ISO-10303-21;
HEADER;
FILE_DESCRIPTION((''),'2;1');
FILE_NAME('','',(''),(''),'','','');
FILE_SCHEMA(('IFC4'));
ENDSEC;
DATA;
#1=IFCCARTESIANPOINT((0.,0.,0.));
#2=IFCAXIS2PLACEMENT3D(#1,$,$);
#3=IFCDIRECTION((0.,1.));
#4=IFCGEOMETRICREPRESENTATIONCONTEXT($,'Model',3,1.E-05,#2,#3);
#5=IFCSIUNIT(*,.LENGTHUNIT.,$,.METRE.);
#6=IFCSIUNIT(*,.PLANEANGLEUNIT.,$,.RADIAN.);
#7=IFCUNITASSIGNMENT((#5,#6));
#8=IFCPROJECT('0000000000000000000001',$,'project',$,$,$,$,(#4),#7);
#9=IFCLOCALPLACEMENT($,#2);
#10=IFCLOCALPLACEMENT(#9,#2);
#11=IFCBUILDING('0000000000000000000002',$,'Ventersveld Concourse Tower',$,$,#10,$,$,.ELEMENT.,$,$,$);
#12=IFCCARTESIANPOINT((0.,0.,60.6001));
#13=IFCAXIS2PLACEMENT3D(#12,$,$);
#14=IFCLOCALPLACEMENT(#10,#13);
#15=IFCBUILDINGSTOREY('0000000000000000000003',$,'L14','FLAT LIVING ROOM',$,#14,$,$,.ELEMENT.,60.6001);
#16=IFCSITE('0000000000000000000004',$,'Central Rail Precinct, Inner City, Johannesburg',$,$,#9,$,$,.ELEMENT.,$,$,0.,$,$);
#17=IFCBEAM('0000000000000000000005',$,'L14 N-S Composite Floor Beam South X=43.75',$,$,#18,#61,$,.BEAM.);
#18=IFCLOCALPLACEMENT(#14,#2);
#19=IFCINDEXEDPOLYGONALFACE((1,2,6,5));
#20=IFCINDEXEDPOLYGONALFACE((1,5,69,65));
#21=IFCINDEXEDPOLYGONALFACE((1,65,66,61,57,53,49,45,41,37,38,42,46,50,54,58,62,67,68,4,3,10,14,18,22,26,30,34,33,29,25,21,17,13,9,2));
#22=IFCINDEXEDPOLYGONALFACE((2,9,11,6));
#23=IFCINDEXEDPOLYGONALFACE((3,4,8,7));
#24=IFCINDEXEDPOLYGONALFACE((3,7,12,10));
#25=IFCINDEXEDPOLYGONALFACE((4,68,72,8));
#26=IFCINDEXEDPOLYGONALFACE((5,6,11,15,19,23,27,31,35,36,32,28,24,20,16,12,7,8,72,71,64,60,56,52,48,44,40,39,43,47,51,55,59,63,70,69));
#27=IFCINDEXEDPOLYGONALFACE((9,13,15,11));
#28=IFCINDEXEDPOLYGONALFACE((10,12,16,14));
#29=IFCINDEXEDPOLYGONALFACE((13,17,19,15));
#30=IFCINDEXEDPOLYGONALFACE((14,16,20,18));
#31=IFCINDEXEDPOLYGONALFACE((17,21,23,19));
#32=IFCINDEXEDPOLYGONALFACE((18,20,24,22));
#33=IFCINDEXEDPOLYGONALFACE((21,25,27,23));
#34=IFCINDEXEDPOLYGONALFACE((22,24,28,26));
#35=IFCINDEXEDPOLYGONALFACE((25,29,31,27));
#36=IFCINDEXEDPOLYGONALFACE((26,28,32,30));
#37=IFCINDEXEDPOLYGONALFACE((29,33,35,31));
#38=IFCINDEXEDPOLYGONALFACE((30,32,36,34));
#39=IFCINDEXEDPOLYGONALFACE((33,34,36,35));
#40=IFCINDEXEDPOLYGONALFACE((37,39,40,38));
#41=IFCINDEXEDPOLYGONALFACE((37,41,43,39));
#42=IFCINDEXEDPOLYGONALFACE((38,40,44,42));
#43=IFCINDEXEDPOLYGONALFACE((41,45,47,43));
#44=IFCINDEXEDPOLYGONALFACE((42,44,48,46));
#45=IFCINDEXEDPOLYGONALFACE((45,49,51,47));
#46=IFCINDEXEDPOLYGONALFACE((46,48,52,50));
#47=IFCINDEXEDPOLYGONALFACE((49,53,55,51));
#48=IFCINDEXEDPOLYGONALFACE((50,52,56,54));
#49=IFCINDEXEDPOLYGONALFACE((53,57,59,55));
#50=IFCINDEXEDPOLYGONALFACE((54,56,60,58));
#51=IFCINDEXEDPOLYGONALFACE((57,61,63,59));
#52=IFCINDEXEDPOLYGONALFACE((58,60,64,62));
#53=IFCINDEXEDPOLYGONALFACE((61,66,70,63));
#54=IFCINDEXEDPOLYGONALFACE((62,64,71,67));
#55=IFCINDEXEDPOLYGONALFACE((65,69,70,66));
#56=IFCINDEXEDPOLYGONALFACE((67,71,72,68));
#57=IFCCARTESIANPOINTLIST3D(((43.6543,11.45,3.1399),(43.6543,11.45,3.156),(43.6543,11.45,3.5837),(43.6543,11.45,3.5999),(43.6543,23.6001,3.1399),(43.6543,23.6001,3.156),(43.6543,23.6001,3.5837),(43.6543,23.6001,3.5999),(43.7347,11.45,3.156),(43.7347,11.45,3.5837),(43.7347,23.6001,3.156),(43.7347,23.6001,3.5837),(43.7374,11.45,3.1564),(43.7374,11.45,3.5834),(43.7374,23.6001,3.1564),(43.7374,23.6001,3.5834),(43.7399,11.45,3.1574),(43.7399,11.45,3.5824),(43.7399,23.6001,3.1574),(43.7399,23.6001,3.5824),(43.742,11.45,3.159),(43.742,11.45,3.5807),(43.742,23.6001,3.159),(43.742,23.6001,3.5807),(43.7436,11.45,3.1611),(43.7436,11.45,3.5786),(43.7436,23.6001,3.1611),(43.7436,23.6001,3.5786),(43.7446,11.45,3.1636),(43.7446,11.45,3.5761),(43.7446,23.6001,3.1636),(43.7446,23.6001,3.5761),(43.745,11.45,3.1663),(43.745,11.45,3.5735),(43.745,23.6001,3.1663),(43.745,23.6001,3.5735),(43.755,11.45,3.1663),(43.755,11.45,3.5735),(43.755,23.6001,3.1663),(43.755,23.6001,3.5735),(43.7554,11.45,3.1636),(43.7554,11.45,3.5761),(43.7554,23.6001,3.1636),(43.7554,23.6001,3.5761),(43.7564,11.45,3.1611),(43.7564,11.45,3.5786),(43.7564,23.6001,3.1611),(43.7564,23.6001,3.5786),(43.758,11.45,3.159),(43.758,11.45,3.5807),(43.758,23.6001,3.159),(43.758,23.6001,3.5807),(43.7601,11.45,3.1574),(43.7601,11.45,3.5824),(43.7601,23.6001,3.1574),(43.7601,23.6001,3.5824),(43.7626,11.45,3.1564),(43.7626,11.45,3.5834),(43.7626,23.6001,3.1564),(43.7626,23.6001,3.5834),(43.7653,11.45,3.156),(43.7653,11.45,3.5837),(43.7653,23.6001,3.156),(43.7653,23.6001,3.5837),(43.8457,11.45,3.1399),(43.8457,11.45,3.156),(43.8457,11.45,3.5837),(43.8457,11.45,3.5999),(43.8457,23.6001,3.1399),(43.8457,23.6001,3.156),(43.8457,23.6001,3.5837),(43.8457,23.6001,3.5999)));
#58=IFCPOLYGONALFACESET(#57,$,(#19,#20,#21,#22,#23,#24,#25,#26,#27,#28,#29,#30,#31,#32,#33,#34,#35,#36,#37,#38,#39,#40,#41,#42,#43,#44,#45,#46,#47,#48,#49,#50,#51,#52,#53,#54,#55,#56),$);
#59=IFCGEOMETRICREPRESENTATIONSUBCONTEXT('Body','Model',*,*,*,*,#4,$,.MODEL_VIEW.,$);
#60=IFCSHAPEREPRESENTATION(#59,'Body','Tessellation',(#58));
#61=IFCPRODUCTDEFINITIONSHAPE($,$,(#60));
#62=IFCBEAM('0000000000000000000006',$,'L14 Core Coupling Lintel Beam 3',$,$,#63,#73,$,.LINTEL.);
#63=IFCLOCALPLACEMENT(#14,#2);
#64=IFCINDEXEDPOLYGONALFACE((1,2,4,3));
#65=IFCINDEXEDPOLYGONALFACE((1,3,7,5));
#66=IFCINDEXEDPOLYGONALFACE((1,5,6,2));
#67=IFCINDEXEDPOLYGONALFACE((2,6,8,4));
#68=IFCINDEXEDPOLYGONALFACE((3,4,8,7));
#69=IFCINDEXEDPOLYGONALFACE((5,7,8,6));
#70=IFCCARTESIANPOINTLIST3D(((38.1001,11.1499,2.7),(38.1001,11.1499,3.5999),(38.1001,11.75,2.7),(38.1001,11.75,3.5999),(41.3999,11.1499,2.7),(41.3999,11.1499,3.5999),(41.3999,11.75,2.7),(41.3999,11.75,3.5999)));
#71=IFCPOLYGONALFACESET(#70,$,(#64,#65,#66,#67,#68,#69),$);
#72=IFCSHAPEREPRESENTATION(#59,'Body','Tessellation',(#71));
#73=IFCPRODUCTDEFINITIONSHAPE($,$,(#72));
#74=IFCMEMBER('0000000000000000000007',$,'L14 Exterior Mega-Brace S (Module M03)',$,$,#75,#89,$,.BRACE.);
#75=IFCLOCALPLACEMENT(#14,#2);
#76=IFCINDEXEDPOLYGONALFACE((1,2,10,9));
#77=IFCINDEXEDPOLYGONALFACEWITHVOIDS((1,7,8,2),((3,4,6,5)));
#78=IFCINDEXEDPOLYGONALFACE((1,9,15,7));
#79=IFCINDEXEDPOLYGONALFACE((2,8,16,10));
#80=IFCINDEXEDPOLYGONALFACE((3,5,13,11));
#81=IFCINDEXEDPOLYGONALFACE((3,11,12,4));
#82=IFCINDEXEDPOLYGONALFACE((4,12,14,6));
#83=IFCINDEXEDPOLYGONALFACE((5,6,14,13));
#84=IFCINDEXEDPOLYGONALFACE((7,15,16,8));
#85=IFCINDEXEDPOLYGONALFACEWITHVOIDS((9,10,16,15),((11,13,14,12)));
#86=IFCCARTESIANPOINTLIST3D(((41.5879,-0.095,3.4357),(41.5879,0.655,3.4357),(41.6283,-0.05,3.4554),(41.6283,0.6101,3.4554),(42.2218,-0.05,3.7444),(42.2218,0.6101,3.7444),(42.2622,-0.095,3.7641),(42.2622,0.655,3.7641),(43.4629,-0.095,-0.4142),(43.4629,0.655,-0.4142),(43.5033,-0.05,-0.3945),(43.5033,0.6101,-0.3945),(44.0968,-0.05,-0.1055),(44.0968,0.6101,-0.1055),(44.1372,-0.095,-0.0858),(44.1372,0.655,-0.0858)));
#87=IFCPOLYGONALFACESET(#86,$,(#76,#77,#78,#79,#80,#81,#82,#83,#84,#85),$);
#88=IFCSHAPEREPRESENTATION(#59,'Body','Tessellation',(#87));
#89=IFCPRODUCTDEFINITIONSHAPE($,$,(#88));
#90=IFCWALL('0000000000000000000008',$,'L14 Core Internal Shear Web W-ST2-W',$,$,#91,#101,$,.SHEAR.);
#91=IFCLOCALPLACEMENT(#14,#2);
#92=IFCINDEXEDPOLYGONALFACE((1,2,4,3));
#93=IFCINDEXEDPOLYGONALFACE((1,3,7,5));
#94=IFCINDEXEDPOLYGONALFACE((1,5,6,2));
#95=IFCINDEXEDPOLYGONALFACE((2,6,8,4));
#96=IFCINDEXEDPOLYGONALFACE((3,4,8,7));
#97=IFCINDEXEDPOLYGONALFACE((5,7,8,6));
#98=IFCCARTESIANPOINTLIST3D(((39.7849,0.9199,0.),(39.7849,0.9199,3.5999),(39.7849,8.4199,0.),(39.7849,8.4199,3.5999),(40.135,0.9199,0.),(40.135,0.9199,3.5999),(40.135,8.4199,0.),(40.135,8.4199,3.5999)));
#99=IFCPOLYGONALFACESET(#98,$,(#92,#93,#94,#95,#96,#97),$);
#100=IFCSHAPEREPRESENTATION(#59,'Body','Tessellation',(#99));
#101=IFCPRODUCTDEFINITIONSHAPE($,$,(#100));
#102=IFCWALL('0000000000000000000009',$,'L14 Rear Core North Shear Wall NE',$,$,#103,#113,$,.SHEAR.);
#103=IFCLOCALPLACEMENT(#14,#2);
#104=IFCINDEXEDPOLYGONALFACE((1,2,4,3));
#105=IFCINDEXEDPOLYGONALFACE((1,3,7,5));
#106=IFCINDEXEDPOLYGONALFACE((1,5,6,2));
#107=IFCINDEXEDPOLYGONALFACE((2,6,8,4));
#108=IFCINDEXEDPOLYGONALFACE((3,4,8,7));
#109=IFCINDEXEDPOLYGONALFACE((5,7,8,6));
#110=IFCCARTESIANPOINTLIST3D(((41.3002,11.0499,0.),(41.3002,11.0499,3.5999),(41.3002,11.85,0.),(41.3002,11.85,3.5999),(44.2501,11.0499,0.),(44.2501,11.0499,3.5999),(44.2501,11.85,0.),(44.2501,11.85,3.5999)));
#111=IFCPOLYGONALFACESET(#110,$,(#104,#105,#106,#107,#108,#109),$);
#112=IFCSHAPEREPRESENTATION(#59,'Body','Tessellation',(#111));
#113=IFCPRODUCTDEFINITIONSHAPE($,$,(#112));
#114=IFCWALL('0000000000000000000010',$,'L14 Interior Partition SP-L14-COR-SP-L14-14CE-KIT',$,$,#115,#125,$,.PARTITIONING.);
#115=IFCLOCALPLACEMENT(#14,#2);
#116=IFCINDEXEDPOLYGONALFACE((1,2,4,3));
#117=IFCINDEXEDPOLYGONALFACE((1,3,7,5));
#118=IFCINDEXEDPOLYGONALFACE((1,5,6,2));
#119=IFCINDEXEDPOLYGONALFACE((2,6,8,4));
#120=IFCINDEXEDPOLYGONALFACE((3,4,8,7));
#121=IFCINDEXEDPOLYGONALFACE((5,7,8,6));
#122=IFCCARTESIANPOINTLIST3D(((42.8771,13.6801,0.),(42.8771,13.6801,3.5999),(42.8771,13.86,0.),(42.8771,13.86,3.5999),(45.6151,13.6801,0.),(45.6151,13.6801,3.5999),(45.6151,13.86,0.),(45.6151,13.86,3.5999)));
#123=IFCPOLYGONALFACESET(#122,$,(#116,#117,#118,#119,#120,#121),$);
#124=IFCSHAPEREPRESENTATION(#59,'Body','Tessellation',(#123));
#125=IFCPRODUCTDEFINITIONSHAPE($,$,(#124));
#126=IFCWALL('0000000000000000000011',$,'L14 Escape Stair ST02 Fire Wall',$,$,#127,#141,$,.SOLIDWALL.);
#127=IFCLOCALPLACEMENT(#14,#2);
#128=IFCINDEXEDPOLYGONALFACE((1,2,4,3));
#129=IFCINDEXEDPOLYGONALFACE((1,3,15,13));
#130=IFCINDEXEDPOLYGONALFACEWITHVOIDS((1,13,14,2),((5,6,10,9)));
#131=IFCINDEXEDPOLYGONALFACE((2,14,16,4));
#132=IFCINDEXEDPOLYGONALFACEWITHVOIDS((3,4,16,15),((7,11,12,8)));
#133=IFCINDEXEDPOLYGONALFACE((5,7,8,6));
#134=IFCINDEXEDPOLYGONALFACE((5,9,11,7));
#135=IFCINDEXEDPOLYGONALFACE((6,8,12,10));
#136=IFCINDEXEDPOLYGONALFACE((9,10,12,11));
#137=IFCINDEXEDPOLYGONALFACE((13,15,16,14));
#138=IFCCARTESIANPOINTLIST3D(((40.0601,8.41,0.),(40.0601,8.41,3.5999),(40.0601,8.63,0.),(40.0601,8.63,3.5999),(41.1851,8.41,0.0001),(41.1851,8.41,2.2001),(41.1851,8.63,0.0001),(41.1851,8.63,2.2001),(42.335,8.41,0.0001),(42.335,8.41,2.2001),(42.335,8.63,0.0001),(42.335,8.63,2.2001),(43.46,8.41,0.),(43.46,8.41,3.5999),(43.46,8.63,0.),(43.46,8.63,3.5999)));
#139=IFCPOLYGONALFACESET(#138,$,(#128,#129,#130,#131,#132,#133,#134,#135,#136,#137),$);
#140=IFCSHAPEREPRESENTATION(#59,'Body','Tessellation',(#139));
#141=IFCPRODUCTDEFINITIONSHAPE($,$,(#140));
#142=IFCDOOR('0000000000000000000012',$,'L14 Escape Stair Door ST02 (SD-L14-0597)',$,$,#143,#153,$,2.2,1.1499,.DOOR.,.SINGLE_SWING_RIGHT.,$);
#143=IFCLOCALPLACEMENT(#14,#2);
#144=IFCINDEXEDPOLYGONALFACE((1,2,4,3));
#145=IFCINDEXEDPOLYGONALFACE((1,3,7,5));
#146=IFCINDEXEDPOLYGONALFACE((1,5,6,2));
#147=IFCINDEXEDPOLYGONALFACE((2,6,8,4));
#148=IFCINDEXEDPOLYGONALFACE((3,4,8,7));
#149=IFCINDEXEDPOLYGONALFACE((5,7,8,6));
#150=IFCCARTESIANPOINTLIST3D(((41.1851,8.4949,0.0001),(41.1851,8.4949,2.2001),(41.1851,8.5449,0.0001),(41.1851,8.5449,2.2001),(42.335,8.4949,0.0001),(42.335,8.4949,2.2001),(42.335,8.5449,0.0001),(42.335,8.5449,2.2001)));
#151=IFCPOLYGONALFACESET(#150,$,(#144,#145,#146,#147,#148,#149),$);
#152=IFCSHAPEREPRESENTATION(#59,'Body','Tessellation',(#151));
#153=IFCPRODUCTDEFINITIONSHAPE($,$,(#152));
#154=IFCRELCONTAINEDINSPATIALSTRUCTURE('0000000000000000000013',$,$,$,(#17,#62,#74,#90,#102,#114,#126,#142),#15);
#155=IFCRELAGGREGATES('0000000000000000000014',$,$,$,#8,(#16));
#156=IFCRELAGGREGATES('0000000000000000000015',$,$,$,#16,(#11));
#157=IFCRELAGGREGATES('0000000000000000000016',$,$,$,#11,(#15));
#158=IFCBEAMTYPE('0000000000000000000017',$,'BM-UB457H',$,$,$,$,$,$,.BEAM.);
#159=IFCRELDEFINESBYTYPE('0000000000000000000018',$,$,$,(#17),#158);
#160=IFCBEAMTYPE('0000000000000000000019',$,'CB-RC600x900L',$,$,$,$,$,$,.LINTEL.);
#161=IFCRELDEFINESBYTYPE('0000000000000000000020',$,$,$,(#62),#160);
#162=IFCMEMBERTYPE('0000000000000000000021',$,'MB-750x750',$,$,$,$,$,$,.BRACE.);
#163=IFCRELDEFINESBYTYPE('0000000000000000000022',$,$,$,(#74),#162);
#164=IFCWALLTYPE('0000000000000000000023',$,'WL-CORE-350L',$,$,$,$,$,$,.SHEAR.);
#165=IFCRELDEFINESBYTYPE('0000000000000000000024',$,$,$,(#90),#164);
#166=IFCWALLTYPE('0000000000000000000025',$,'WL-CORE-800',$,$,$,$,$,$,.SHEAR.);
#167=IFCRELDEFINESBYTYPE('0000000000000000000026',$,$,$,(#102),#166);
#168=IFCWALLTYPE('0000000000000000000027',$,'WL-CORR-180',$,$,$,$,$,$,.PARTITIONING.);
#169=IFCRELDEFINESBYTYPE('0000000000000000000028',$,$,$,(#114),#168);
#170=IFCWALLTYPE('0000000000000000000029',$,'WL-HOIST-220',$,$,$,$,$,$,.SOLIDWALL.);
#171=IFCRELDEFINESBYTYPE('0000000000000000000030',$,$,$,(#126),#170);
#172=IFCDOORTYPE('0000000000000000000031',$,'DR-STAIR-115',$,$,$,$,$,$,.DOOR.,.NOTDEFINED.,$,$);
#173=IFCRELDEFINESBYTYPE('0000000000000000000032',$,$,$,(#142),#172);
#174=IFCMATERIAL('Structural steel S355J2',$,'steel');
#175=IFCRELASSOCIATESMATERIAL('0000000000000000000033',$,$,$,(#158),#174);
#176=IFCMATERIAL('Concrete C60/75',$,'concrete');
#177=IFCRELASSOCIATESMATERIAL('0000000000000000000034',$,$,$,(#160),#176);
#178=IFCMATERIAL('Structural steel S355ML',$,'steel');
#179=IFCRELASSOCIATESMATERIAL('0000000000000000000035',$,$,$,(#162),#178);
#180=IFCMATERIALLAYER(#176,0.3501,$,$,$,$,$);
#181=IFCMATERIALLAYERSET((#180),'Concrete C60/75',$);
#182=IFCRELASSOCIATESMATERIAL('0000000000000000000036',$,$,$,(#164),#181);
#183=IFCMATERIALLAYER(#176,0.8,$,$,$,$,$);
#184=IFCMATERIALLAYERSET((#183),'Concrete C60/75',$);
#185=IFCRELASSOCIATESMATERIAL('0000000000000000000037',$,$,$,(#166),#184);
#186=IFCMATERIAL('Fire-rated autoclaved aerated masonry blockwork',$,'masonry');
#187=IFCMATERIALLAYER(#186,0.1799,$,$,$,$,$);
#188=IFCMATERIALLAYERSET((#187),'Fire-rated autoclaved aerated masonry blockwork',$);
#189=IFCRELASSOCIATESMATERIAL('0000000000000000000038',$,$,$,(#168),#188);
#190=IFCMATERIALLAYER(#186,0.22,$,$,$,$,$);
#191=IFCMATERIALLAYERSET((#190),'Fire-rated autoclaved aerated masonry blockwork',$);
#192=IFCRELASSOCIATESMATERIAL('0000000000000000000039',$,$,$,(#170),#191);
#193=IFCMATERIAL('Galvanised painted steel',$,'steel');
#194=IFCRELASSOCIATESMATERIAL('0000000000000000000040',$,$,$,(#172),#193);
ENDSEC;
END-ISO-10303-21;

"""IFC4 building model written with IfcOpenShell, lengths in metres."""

from ifc_helpers import new_model, si_unit, direction, frame, frame_2d, origin, origin_2d, place, context, subcontext, project, spatial, rectangle, hollow_rectangle, i_section, extrude, material, layer, layer_set, material_profile, profile_set, type_object, element, fill, save


model = new_model("IFC4")

# Units and contexts
model_context = context("Model", 3, precision=1e-05, world=origin(), true_north=direction((0.0, 1.0)))
body_context = subcontext(model_context, "Body", "Model", "MODEL_VIEW")
ifc_project = project(units=[si_unit("LENGTHUNIT", "METRE"), si_unit("PLANEANGLEUNIT", "RADIAN")], contexts=[model_context])

# Site, building, storey
site_placement = place(None, origin())
site = spatial("IfcSite", under=ifc_project, at=site_placement, Name="Central Rail Precinct, Inner City, Johannesburg", CompositionType="ELEMENT", RefElevation=0.0)
building_placement = place(site_placement, origin())
building = spatial("IfcBuilding", under=site, at=building_placement, Name="Ventersveld Concourse Tower", CompositionType="ELEMENT")
storey_placement = place(building_placement, frame((0.0, 0.0, 60.6001)))
storey = spatial("IfcBuildingStorey", under=building, at=storey_placement, Name="L14", Description="FLAT LIVING ROOM", CompositionType="ELEMENT", Elevation=60.6001)

# Beams
ifc_material_1 = material(Name="Structural steel S355J2", Category="steel")
ifc_material_profile_1 = material_profile(ifc_material_1, i_section(OverallWidth=0.1914, OverallDepth=0.46, WebThickness=0.01, FlangeThickness=0.0161, FilletRadius=0.0103, at=origin_2d()), Name="UB 457x191x82")
ifc_profile_set_1 = profile_set([ifc_material_profile_1], Name="Structural steel S355J2")
beam_type_1 = type_object("IfcBeamType", Name="BM-UB457H", PredefinedType="BEAM", material=ifc_profile_set_1)
beam_1_placement = place(storey_placement, frame((43.75, 11.45, 3.3699), z_axis=(0.0, 1.0, 0.0), x_axis=(-1.0, 0.0, 0.0)))
element("IfcBeam", 1, at=beam_1_placement, inside=storey, type_object=beam_type_1, Name="L14 N-S Composite Floor Beam South X=43.75", PredefinedType="BEAM", context=body_context, shape_type="SweptSolid", body=[
    extrude(i_section(OverallWidth=0.1914, OverallDepth=0.46, WebThickness=0.01, FlangeThickness=0.0161, FilletRadius=0.0103, at=origin_2d()), origin(), (0.0, 0.0, 1.0), 12.1501),
])
ifc_material_2 = material(Name="Concrete C60/75", Category="concrete")
ifc_material_profile_2 = material_profile(ifc_material_2, rectangle(XDim=0.6001, YDim=0.8999, at=origin_2d()), Name="RC 600x900")
ifc_profile_set_2 = profile_set([ifc_material_profile_2], Name="Concrete C60/75")
beam_type_2 = type_object("IfcBeamType", Name="CB-RC600x900L", PredefinedType="LINTEL", material=ifc_profile_set_2)
beam_2_placement = place(storey_placement, frame((38.1001, 11.45, 3.1499), z_axis=(1.0, 0.0, 0.0), x_axis=(0.0, 1.0, 0.0)))
element("IfcBeam", 2, at=beam_2_placement, inside=storey, type_object=beam_type_2, Name="L14 Core Coupling Lintel Beam 3", PredefinedType="LINTEL", context=body_context, shape_type="SweptSolid", body=[
    extrude(rectangle(XDim=0.6001, YDim=0.8999, at=origin_2d()), origin(), (0.0, 0.0, 1.0), 3.2998),
])

# Member
ifc_material_3 = material(Name="Structural steel S355ML", Category="steel")
ifc_material_profile_3 = material_profile(ifc_material_3, hollow_rectangle(XDim=0.75, YDim=0.75, WallThickness=0.0449, at=origin_2d()), Name="BOX 750x750x45")
ifc_profile_set_3 = profile_set([ifc_material_profile_3], Name="Structural steel S355ML")
member_type = type_object("IfcMemberType", Name="MB-750x750", PredefinedType="BRACE", material=ifc_profile_set_3)
member_placement = place(storey_placement, frame((43.8, 0.28, -0.25), z_axis=(-0.437862, 0.0, 0.899042), x_axis=(0.0, -1.0, 0.0)))
element("IfcMember", 3, at=member_placement, inside=storey, type_object=member_type, Name="L14 Exterior Mega-Brace S (Module M03)", PredefinedType="BRACE", context=body_context, shape_type="SweptSolid", body=[
    extrude(hollow_rectangle(XDim=0.75, YDim=0.75, WallThickness=0.0449, at=origin_2d()), origin(), (0.0, 0.0, 1.0), 4.2822),
])

# Walls
ifc_layer_1 = layer(ifc_material_2, 0.3501)
ifc_layer_set_1 = layer_set([ifc_layer_1], Name="Concrete C60/75")
wall_type_1 = type_object("IfcWallType", Name="WL-CORE-350L", PredefinedType="SHEAR", material=ifc_layer_set_1)
wall_1_placement = place(storey_placement, frame((39.96, 0.9199, 0.0), z_axis=(0.0, 0.0, 1.0), x_axis=(0.0, 1.0, 0.0)))
element("IfcWall", 4, at=wall_1_placement, inside=storey, type_object=wall_type_1, Name="L14 Core Internal Shear Web W-ST2-W", PredefinedType="SHEAR", context=body_context, shape_type="SweptSolid", body=[
    extrude(rectangle(XDim=7.5, YDim=0.3501, at=frame_2d((3.75, 0.0))), origin(), (0.0, 0.0, 1.0), 3.5999),
])
ifc_layer_2 = layer(ifc_material_2, 0.8)
ifc_layer_set_2 = layer_set([ifc_layer_2], Name="Concrete C60/75")
wall_type_2 = type_object("IfcWallType", Name="WL-CORE-800", PredefinedType="SHEAR", material=ifc_layer_set_2)
wall_2_placement = place(storey_placement, frame((41.3, 11.45, 0.0), z_axis=(0.0, 0.0, 1.0), x_axis=(1.0, 0.0, 0.0)))
element("IfcWall", 5, at=wall_2_placement, inside=storey, type_object=wall_type_2, Name="L14 Rear Core North Shear Wall NE", PredefinedType="SHEAR", context=body_context, shape_type="SweptSolid", body=[
    extrude(rectangle(XDim=2.95, YDim=0.8, at=frame_2d((1.4751, 0.0))), origin(), (0.0, 0.0, 1.0), 3.5999),
])

# Shared definitions
ifc_material_4 = material(Name="Fire-rated autoclaved aerated masonry blockwork", Category="masonry")
ifc_layer_3 = layer(ifc_material_4, 0.1799)
ifc_layer_set_3 = layer_set([ifc_layer_3], Name="Fire-rated autoclaved aerated masonry blockwork")
wall_type_3 = type_object("IfcWallType", Name="WL-CORR-180", PredefinedType="PARTITIONING", material=ifc_layer_set_3)

# Wall
wall_3_placement = place(storey_placement, frame((42.877, 13.77, 0.0), z_axis=(0.0, 0.0, 1.0), x_axis=(1.0, 0.0, 0.0)))
element("IfcWall", 6, at=wall_3_placement, inside=storey, type_object=wall_type_3, Name="L14 Interior Partition SP-L14-COR-SP-L14-14CE-KIT", PredefinedType="PARTITIONING", context=body_context, shape_type="SweptSolid", body=[
    extrude(rectangle(XDim=2.738, YDim=0.1799, at=frame_2d((1.3691, 0.0))), origin(), (0.0, 0.0, 1.0), 3.5999),
])

# Wall, opening, door
ifc_layer_4 = layer(ifc_material_4, 0.22)
ifc_layer_set_4 = layer_set([ifc_layer_4], Name="Fire-rated autoclaved aerated masonry blockwork")
wall_type_4 = type_object("IfcWallType", Name="WL-HOIST-220", PredefinedType="SOLIDWALL", material=ifc_layer_set_4)
wall_4_placement = place(storey_placement, frame((40.0601, 8.52, 0.0), z_axis=(0.0, 0.0, 1.0), x_axis=(1.0, 0.0, 0.0)))
wall_4 = element("IfcWall", 7, at=wall_4_placement, inside=storey, type_object=wall_type_4, Name="L14 Escape Stair ST02 Fire Wall", PredefinedType="SOLIDWALL", context=body_context, shape_type="SweptSolid", body=[
    extrude(rectangle(XDim=3.3999, YDim=0.22, at=frame_2d((1.7, 0.0))), origin(), (0.0, 0.0, 1.0), 3.5999),
])
opening_1_placement = place(wall_4_placement, frame((1.125, 0.0, 0.0)))
opening_1 = element("IfcOpeningElement", 8, at=opening_1_placement, cuts=wall_4, PredefinedType="OPENING", context=body_context, shape_type="SweptSolid", body=[
    extrude(rectangle(XDim=1.1499, YDim=2.2, at=frame_2d((0.575, 1.1001))), frame((0.0, 0.1201, 0.0), z_axis=(0.0, -1.0, 0.0), x_axis=(1.0, 0.0, 0.0)), (0.0, 0.0, 1.0), 0.24),
])
ifc_material_5 = material(Name="Galvanised painted steel", Category="steel")
door_type_1 = type_object("IfcDoorType", Name="DR-STAIR-115", OperationType="NOTDEFINED", PredefinedType="DOOR", material=ifc_material_5)
door_1_placement = place(opening_1_placement, origin())
door_1 = element("IfcDoor", 9, at=door_1_placement, inside=storey, type_object=door_type_1, Name="L14 Escape Stair Door ST02 (SD-L14-0597)", OperationType="SINGLE_SWING_RIGHT", OverallHeight=2.2, OverallWidth=1.1499, PredefinedType="DOOR", context=body_context, shape_type="SweptSolid", body=[
    extrude(rectangle(XDim=1.1499, YDim=2.2, at=frame_2d((0.575, 1.1001))), frame((0.0, 0.0249, 0.0), z_axis=(0.0, -1.0, 0.0), x_axis=(1.0, 0.0, 0.0)), (0.0, 0.0, 1.0), 0.05),
])
fill(opening_1, door_1)

save(model, "model.ifc")
